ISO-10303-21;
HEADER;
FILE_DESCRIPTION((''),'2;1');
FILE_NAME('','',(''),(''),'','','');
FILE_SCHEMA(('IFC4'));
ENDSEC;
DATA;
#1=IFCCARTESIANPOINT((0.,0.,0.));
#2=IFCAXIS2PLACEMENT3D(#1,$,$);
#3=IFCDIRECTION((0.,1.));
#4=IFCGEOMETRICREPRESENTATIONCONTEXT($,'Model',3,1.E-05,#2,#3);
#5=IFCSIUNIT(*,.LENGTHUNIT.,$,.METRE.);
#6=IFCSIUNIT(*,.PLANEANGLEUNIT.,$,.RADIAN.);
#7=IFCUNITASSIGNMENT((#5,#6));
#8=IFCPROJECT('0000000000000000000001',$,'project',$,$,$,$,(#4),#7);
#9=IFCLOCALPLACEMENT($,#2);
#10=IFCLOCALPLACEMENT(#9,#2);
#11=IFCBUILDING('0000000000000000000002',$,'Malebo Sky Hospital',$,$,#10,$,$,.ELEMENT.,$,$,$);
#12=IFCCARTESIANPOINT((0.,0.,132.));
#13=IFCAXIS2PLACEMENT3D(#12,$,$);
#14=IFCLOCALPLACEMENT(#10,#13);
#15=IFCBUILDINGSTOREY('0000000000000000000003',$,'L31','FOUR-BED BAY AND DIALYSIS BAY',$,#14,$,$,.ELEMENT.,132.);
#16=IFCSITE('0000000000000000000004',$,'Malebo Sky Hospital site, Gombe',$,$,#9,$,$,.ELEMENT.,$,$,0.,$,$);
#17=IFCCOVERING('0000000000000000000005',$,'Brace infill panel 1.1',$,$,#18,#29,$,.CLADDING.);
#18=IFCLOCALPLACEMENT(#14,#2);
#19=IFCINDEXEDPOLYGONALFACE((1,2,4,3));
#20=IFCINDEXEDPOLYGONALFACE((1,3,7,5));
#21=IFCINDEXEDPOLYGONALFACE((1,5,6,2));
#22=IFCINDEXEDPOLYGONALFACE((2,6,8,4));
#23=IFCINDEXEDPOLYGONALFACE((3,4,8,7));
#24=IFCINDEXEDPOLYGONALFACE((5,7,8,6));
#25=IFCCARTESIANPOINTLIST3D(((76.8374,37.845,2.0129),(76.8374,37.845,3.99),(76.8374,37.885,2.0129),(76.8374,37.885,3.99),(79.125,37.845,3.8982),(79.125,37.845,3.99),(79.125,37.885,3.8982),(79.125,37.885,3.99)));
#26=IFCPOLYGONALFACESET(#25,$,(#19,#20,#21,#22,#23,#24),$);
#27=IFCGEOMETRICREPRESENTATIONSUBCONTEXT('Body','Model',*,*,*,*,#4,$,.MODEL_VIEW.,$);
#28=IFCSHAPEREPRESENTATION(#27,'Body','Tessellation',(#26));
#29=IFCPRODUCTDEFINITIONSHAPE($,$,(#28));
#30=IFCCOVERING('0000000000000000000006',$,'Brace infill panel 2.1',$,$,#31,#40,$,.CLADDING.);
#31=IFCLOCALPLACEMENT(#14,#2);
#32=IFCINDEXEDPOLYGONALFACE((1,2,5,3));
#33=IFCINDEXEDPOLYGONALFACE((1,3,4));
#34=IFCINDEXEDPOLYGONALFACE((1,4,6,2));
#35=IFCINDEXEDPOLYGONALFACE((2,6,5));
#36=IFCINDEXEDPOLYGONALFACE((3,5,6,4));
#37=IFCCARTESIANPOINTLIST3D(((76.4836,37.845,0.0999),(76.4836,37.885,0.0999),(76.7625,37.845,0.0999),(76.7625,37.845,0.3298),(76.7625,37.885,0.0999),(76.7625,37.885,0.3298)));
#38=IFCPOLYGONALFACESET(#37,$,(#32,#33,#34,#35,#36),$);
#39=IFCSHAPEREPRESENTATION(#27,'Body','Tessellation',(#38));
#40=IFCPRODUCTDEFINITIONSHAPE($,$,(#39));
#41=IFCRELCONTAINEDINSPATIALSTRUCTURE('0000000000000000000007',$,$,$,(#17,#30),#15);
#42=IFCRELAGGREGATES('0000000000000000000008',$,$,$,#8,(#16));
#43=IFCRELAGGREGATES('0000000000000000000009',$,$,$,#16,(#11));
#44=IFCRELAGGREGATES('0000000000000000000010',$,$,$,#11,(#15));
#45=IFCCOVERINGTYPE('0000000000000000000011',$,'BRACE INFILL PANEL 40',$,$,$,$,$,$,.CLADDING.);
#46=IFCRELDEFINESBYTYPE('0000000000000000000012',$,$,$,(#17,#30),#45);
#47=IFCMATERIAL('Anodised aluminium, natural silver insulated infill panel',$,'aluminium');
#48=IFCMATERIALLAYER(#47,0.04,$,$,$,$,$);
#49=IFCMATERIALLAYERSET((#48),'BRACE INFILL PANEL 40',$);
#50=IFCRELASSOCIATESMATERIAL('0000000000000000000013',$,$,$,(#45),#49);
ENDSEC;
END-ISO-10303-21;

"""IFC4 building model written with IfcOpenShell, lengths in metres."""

from ifc_helpers import new_model, si_unit, direction, frame, origin, place, context, subcontext, project, spatial, polyline, outline, extrude, material, layer, layer_set, type_object, element, save


model = new_model("IFC4")

# Units and contexts
model_context = context("Model", 3, precision=1e-05, world=origin(), true_north=direction((0.0, 1.0)))
body_context = subcontext(model_context, "Body", "Model", "MODEL_VIEW")
ifc_project = project(units=[si_unit("LENGTHUNIT", "METRE"), si_unit("PLANEANGLEUNIT", "RADIAN")], contexts=[model_context])

# Site, building, storey
site_placement = place(None, origin())
site = spatial("IfcSite", under=ifc_project, at=site_placement, Name="Malebo Sky Hospital site, Gombe", CompositionType="ELEMENT", RefElevation=0.0)
building_placement = place(site_placement, origin())
building = spatial("IfcBuilding", under=site, at=building_placement, Name="Malebo Sky Hospital", CompositionType="ELEMENT")
storey_placement = place(building_placement, frame((0.0, 0.0, 132.0)))
storey = spatial("IfcBuildingStorey", under=building, at=storey_placement, Name="L31", Description="FOUR-BED BAY AND DIALYSIS BAY", CompositionType="ELEMENT", Elevation=132.0)

# Coverings
ifc_material_1 = material(Name="Anodised aluminium, natural silver insulated infill panel", Category="aluminium")
ifc_layer_1 = layer(ifc_material_1, 0.04)
ifc_layer_set_1 = layer_set([ifc_layer_1], Name="BRACE INFILL PANEL 40")
covering_type = type_object("IfcCoveringType", Name="BRACE INFILL PANEL 40", PredefinedType="CLADDING", material=ifc_layer_set_1)
covering_1_placement = place(storey_placement, frame((77.9812, 37.865, 2.0129), z_axis=(0.0, 0.0, 1.0), x_axis=(-1.0, 0.0, 0.0)))
element("IfcCovering", 1, at=covering_1_placement, inside=storey, type_object=covering_type, Name="Brace infill panel 1.1", PredefinedType="CLADDING", context=body_context, shape_type="SweptSolid", body=[
    extrude(outline(polyline([(1.1438, 0.0), (1.1438, 1.9771), (-1.1438, 1.9771), (-1.1438, 1.8853), (1.1438, 0.0)])), frame((0.0, 0.02, 0.0), z_axis=(0.0, -1.0, 0.0), x_axis=(1.0, 0.0, 0.0)), (0.0, 0.0, 1.0), 0.04),
])
covering_2_placement = place(storey_placement, frame((76.623, 37.865, 0.0999), z_axis=(0.0, 0.0, 1.0), x_axis=(-1.0, 0.0, 0.0)))
element("IfcCovering", 2, at=covering_2_placement, inside=storey, type_object=covering_type, Name="Brace infill panel 2.1", PredefinedType="CLADDING", context=body_context, shape_type="SweptSolid", body=[
    extrude(outline(polyline([(-0.1394, 0.0), (0.1394, 0.0), (-0.1394, 0.23), (-0.1394, 0.0)])), frame((0.0, 0.02, 0.0), z_axis=(0.0, -1.0, 0.0), x_axis=(1.0, 0.0, 0.0)), (0.0, 0.0, 1.0), 0.04),
])

save(model, "model.ifc")
